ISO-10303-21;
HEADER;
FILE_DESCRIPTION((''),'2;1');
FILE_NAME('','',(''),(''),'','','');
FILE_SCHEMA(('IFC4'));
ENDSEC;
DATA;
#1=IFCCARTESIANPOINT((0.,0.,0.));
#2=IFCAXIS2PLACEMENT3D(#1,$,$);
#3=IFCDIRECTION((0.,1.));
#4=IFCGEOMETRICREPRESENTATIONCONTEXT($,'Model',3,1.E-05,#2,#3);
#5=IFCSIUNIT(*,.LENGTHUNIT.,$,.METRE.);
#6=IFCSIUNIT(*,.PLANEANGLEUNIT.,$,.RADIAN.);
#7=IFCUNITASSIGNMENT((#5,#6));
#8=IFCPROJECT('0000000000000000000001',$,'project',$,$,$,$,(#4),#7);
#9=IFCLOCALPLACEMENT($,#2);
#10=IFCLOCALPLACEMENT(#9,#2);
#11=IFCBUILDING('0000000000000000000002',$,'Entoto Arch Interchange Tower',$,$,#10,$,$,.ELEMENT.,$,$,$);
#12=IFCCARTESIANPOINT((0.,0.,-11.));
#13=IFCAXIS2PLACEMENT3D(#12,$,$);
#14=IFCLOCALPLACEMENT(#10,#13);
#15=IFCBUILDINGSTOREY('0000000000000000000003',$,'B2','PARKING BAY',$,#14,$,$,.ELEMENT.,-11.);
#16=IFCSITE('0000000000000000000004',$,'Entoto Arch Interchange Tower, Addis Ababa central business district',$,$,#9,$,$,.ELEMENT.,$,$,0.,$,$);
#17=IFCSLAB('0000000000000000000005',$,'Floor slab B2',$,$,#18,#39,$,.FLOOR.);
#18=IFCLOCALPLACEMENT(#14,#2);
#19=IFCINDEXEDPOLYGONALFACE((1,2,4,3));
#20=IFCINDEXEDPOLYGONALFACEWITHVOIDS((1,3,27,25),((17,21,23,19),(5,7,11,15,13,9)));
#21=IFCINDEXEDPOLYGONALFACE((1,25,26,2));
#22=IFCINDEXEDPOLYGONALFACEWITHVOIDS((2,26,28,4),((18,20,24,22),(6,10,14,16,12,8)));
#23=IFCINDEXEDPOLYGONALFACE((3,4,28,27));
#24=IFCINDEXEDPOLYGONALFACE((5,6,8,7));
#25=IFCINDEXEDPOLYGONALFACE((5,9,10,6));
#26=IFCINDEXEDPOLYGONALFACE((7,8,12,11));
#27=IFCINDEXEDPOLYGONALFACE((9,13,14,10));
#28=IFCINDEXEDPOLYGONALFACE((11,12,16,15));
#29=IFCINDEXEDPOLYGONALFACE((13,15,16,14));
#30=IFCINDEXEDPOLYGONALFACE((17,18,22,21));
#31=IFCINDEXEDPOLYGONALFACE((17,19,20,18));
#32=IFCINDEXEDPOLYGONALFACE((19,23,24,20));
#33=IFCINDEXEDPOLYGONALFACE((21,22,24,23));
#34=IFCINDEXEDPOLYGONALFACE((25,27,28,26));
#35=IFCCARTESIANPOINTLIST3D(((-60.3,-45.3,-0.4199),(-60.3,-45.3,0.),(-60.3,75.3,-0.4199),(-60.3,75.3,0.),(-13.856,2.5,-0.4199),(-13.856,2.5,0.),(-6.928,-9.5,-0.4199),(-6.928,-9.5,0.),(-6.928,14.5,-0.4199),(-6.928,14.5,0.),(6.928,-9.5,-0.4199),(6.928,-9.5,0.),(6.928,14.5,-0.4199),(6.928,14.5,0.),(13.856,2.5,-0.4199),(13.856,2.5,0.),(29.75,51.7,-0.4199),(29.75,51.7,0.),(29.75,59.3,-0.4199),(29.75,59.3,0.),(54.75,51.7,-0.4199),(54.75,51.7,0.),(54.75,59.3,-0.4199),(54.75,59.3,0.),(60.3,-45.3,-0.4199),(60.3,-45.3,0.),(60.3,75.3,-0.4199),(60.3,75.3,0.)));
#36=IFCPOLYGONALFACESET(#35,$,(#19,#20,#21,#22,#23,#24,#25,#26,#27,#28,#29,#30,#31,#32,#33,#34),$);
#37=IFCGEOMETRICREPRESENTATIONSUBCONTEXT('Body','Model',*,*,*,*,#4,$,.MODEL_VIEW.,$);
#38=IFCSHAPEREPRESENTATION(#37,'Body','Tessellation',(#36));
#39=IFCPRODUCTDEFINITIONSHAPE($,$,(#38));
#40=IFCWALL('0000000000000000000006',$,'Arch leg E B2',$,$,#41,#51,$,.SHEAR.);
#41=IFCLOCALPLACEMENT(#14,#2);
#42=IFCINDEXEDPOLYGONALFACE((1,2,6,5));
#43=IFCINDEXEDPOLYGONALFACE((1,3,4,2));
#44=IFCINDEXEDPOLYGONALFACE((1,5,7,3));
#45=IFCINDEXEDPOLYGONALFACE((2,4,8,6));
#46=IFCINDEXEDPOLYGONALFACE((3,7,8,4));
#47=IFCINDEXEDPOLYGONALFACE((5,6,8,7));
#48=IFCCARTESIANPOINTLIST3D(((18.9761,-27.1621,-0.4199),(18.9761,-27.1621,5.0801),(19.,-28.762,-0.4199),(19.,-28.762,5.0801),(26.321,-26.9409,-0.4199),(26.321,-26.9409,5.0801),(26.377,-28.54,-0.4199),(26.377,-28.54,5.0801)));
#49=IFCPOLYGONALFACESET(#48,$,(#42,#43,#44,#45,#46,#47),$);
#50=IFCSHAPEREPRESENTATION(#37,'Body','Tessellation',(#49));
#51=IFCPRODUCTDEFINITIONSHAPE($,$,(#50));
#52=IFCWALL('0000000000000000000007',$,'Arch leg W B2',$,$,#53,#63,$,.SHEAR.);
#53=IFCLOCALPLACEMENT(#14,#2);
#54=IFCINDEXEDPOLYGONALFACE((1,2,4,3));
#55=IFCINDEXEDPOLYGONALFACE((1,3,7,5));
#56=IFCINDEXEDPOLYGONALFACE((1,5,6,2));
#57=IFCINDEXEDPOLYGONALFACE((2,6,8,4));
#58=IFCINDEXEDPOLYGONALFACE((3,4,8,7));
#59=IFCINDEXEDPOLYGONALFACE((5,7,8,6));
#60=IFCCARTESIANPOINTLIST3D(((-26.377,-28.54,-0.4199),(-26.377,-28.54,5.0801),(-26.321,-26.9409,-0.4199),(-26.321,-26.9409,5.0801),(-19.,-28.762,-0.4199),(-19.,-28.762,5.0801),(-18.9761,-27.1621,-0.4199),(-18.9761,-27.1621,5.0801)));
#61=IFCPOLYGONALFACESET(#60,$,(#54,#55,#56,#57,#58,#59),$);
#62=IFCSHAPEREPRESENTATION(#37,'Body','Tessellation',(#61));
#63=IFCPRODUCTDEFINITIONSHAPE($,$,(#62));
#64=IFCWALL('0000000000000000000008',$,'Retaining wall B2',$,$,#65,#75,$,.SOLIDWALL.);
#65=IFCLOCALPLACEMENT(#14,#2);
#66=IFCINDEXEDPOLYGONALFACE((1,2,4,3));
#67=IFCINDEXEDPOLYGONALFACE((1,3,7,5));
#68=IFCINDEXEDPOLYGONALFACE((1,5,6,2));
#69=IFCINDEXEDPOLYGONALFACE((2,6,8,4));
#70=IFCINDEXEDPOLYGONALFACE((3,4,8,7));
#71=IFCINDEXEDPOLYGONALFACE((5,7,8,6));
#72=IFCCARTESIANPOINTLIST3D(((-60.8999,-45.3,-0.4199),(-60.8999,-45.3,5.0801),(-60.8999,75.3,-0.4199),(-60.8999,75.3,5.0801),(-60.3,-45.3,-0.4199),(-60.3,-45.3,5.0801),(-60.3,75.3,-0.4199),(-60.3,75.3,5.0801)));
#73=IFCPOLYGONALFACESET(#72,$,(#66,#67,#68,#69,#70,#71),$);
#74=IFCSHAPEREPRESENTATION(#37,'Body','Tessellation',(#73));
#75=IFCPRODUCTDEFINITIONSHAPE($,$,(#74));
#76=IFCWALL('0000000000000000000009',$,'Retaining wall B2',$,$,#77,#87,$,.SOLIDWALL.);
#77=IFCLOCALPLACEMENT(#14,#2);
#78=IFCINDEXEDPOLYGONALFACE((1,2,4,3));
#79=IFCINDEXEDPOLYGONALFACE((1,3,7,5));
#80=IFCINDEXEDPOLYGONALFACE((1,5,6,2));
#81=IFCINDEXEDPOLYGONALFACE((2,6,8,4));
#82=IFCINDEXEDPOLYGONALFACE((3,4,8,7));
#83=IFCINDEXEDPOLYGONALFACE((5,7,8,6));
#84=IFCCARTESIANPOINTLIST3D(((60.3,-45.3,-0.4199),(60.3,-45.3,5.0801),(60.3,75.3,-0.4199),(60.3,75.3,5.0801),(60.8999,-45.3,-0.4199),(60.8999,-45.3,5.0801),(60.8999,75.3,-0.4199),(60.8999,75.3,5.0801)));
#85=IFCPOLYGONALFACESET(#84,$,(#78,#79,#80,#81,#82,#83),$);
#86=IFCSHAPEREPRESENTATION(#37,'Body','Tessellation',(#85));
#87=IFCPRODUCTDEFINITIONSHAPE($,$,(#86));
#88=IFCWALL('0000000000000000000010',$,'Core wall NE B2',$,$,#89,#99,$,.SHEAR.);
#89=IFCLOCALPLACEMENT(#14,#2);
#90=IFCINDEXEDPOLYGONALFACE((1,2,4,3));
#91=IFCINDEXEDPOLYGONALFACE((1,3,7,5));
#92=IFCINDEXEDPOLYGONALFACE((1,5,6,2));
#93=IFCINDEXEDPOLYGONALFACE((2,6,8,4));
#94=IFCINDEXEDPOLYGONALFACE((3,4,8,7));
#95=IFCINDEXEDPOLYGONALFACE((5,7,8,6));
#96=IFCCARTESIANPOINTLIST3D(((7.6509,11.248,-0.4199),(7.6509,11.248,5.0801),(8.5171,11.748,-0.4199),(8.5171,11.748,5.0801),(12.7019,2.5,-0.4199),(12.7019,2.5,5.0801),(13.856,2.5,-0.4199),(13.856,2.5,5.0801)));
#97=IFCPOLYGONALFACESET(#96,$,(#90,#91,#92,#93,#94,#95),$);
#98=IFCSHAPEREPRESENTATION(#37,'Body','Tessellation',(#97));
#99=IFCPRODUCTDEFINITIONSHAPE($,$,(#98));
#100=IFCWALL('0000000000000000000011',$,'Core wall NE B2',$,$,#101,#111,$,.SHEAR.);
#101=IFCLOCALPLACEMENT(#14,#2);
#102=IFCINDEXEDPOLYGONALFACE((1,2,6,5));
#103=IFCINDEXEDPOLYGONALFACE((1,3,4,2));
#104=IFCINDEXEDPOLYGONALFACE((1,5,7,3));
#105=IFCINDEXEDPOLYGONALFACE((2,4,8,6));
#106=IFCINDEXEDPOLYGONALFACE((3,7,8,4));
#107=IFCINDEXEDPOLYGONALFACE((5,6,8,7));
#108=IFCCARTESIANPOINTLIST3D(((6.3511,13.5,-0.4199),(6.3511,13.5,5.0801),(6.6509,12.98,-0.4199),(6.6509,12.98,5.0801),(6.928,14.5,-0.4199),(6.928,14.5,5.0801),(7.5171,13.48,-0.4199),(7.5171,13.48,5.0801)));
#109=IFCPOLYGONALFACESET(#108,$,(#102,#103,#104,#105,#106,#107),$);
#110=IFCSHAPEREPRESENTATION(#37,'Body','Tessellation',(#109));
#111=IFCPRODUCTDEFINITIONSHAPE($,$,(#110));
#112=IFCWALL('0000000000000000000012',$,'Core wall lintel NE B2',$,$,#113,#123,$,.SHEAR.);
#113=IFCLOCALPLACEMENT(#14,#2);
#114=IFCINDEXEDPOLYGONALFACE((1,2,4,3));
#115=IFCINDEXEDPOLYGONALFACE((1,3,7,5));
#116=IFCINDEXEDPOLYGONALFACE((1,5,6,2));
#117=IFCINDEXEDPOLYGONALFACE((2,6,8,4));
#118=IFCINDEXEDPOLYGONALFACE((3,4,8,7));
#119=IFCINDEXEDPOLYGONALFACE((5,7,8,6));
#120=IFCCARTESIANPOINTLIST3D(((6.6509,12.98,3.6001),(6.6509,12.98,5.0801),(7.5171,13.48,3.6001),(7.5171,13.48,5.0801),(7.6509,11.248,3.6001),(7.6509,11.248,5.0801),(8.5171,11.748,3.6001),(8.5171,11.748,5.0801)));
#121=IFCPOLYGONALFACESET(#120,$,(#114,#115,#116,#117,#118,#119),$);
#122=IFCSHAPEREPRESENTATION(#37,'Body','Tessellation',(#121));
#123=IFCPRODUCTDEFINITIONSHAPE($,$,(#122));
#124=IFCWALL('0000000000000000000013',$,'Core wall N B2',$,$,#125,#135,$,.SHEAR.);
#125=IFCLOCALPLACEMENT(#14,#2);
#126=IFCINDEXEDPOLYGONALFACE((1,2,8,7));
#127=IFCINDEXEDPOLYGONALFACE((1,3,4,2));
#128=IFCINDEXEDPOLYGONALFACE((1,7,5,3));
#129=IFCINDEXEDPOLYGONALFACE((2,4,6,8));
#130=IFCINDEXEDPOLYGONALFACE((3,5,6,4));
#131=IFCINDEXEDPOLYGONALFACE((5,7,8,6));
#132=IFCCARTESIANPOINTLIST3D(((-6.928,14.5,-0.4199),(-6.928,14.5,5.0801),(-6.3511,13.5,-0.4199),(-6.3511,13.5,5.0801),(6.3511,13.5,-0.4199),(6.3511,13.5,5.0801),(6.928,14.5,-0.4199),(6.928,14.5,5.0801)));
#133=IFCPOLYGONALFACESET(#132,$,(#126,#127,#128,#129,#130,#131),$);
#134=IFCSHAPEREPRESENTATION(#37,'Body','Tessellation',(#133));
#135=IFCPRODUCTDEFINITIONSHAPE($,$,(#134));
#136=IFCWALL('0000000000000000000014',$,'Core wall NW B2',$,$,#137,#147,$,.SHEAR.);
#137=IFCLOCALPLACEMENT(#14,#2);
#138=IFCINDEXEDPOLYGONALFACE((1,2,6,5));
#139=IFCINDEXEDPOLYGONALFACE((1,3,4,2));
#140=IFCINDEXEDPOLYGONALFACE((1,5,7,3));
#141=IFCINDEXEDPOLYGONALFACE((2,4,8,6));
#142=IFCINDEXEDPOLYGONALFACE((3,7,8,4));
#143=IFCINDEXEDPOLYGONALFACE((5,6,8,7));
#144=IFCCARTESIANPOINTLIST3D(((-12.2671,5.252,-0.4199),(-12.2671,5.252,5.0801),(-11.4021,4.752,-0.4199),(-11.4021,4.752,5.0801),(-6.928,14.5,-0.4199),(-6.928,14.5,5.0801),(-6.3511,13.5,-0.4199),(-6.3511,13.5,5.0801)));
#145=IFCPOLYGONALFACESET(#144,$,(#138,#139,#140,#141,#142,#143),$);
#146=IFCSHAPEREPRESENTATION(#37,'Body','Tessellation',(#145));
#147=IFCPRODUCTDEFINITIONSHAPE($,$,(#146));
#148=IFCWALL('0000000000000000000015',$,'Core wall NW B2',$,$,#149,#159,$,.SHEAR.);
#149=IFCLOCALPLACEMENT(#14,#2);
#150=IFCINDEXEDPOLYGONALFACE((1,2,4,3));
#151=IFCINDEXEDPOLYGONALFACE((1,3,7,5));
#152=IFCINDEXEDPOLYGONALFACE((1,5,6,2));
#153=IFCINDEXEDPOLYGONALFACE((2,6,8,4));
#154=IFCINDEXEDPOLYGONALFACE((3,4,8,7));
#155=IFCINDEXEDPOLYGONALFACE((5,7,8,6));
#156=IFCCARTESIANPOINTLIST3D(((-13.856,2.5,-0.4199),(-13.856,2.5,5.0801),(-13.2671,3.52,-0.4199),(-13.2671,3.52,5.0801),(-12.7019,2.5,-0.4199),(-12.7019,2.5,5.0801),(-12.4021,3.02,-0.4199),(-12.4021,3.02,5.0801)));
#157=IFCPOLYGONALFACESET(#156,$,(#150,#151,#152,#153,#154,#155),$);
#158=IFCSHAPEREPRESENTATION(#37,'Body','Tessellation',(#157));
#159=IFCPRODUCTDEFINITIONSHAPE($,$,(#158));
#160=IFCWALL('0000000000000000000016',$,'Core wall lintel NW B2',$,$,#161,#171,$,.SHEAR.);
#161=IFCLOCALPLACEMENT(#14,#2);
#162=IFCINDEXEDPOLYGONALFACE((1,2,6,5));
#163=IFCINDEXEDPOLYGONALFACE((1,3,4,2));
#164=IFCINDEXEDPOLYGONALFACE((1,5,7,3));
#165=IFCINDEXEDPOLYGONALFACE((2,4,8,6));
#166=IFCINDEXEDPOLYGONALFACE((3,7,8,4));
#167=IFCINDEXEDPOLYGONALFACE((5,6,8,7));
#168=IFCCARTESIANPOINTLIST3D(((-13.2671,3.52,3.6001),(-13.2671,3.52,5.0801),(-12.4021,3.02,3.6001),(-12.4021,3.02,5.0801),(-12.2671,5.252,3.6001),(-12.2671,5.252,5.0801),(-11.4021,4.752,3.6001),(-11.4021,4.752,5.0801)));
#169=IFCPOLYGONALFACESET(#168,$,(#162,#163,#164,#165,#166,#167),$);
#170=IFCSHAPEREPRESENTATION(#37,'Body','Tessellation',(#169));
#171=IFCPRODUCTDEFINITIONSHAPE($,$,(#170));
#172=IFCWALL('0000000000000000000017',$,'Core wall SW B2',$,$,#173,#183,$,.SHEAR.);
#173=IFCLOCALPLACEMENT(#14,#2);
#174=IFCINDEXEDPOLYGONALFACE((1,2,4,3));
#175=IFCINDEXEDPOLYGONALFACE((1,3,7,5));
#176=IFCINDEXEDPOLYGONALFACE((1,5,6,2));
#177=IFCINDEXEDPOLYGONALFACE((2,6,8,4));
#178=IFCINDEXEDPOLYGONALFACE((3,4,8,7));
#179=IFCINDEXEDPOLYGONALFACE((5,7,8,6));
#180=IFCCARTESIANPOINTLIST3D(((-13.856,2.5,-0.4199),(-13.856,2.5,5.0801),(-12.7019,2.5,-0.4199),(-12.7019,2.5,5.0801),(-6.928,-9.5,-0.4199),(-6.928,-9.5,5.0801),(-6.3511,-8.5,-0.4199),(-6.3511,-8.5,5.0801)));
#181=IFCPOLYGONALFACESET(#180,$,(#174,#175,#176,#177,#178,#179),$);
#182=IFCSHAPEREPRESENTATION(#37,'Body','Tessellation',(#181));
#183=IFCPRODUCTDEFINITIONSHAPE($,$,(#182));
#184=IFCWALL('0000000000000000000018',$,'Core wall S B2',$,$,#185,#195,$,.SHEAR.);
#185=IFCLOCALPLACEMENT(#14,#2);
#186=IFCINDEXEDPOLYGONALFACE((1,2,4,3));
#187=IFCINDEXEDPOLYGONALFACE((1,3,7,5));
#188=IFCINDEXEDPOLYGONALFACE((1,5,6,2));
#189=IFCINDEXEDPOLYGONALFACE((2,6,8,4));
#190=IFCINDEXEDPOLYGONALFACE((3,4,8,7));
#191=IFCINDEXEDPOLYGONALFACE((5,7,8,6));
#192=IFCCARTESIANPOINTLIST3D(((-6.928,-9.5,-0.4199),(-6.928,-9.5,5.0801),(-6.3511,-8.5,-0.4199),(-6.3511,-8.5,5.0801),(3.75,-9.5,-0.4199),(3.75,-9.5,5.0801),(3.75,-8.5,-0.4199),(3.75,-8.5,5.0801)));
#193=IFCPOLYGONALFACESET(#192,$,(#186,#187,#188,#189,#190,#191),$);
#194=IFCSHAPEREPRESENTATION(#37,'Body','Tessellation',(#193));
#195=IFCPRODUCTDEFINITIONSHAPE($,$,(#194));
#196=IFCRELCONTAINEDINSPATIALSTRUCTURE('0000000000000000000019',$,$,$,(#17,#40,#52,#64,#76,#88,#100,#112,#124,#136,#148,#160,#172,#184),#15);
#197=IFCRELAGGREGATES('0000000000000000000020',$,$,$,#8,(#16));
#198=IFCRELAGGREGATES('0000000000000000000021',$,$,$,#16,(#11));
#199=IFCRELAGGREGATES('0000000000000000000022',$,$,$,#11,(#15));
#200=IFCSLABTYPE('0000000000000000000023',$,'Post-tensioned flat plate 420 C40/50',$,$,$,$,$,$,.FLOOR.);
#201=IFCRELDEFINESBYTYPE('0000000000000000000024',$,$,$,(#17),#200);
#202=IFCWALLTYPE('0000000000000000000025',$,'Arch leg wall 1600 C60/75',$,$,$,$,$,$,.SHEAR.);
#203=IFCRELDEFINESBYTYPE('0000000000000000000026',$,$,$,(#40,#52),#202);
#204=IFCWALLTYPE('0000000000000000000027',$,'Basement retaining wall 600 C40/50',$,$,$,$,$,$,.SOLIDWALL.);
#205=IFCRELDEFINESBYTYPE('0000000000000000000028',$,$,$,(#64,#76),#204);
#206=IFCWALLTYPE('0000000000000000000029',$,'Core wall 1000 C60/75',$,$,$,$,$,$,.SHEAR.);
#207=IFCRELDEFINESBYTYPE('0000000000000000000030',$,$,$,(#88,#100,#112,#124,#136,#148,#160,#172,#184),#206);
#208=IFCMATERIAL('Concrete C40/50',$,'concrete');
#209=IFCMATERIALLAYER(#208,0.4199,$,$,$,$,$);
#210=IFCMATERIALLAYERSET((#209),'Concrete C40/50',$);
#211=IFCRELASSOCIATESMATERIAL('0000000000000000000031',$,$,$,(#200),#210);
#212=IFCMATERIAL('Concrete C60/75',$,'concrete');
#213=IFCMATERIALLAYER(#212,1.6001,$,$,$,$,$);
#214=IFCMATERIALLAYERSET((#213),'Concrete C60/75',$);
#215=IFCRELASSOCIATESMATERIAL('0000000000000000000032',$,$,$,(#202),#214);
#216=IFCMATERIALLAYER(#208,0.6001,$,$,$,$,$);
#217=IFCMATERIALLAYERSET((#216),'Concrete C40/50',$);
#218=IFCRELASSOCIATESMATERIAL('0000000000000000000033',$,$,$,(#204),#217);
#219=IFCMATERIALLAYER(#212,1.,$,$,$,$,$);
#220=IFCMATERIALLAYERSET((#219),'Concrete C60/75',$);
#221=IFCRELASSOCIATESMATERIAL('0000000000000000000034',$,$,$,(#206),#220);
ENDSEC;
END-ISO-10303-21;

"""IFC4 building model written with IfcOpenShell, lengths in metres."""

from ifc_helpers import new_model, si_unit, direction, frame, origin, place, context, subcontext, project, spatial, polyline, outline, extrude, material, layer, layer_set, type_object, element, save


model = new_model("IFC4")

# Units and contexts
model_context = context("Model", 3, precision=1e-05, world=origin(), true_north=direction((0.0, 1.0)))
body_context = subcontext(model_context, "Body", "Model", "MODEL_VIEW")
ifc_project = project(units=[si_unit("LENGTHUNIT", "METRE"), si_unit("PLANEANGLEUNIT", "RADIAN")], contexts=[model_context])

# Site, building, storey
site_placement = place(None, origin())
site = spatial("IfcSite", under=ifc_project, at=site_placement, Name="Entoto Arch Interchange Tower, Addis Ababa central business district", CompositionType="ELEMENT", RefElevation=0.0)
building_placement = place(site_placement, origin())
building = spatial("IfcBuilding", under=site, at=building_placement, Name="Entoto Arch Interchange Tower", CompositionType="ELEMENT")
storey_placement = place(building_placement, frame((0.0, 0.0, -11.0)))
storey = spatial("IfcBuildingStorey", under=building, at=storey_placement, Name="B2", Description="PARKING BAY", CompositionType="ELEMENT", Elevation=-11.0)

# Slab
ifc_material_1 = material(Name="Concrete C40/50", Category="concrete")
ifc_layer_1 = layer(ifc_material_1, 0.4199)
ifc_layer_set_1 = layer_set([ifc_layer_1], Name="Concrete C40/50")
slab_type = type_object("IfcSlabType", Name="Post-tensioned flat plate 420 C40/50", PredefinedType="FLOOR", material=ifc_layer_set_1)
slab_placement = place(storey_placement, frame((0.0, 0.0, -0.4199)))
element("IfcSlab", 1, at=slab_placement, inside=storey, type_object=slab_type, Name="Floor slab B2", PredefinedType="FLOOR", context=body_context, shape_type="SweptSolid", body=[
    extrude(outline(polyline([(-60.3, -45.3), (60.3, -45.3), (60.3, 75.3), (-60.3, 75.3), (-60.3, -45.3)]), holes=[polyline([(-6.928, 14.5), (-13.856, 2.5), (-6.928, -9.5), (6.928, -9.5), (13.856, 2.5), (6.928, 14.5), (-6.928, 14.5)]), polyline([(54.75, 59.3), (29.75, 59.3), (29.75, 51.7), (54.75, 51.7), (54.75, 59.3)])]), origin(), (0.0, 0.0, 1.0), 0.4199),
])

# Walls
ifc_material_2 = material(Name="Concrete C60/75", Category="concrete")
ifc_layer_2 = layer(ifc_material_2, 1.6001)
ifc_layer_set_2 = layer_set([ifc_layer_2], Name="Concrete C60/75")
wall_type_1 = type_object("IfcWallType", Name="Arch leg wall 1600 C60/75", PredefinedType="SHEAR", material=ifc_layer_set_2)
wall_1_placement = place(storey_placement, frame((0.0, 0.0, -0.4199)))
element("IfcWall", 2, at=wall_1_placement, inside=storey, type_object=wall_type_1, Name="Arch leg E B2", PredefinedType="SHEAR", context=body_context, shape_type="SweptSolid", body=[
    extrude(outline(polyline([(19.0, -28.762), (26.377, -28.54), (26.321, -26.9409), (18.9761, -27.1621), (19.0, -28.762)])), origin(), (0.0, 0.0, 1.0), 5.5),
])
wall_2_placement = place(storey_placement, frame((0.0, 0.0, -0.4199)))
element("IfcWall", 3, at=wall_2_placement, inside=storey, type_object=wall_type_1, Name="Arch leg W B2", PredefinedType="SHEAR", context=body_context, shape_type="SweptSolid", body=[
    extrude(outline(polyline([(-26.377, -28.54), (-19.0, -28.762), (-18.9761, -27.1621), (-26.321, -26.9409), (-26.377, -28.54)])), origin(), (0.0, 0.0, 1.0), 5.5),
])
ifc_layer_3 = layer(ifc_material_1, 0.6001)
ifc_layer_set_3 = layer_set([ifc_layer_3], Name="Concrete C40/50")
wall_type_2 = type_object("IfcWallType", Name="Basement retaining wall 600 C40/50", PredefinedType="SOLIDWALL", material=ifc_layer_set_3)
wall_3_placement = place(storey_placement, frame((0.0, 0.0, -0.4199)))
element("IfcWall", 4, at=wall_3_placement, inside=storey, type_object=wall_type_2, Name="Retaining wall B2", PredefinedType="SOLIDWALL", context=body_context, shape_type="SweptSolid", body=[
    extrude(outline(polyline([(-60.3, -45.3), (-60.3, 75.3), (-60.8999, 75.3), (-60.8999, -45.3), (-60.3, -45.3)])), origin(), (0.0, 0.0, 1.0), 5.5),
])
wall_4_placement = place(storey_placement, frame((0.0, 0.0, -0.4199)))
element("IfcWall", 5, at=wall_4_placement, inside=storey, type_object=wall_type_2, Name="Retaining wall B2", PredefinedType="SOLIDWALL", context=body_context, shape_type="SweptSolid", body=[
    extrude(outline(polyline([(60.8999, -45.3), (60.8999, 75.3), (60.3, 75.3), (60.3, -45.3), (60.8999, -45.3)])), origin(), (0.0, 0.0, 1.0), 5.5),
])
ifc_layer_4 = layer(ifc_material_2, 1.0)
ifc_layer_set_4 = layer_set([ifc_layer_4], Name="Concrete C60/75")
wall_type_3 = type_object("IfcWallType", Name="Core wall 1000 C60/75", PredefinedType="SHEAR", material=ifc_layer_set_4)
wall_5_placement = place(storey_placement, frame((0.0, 0.0, -0.4199)))
element("IfcWall", 6, at=wall_5_placement, inside=storey, type_object=wall_type_3, Name="Core wall NE B2", PredefinedType="SHEAR", context=body_context, shape_type="SweptSolid", body=[
    extrude(outline(polyline([(8.5171, 11.748), (7.6509, 11.248), (12.7019, 2.5), (13.856, 2.5), (8.5171, 11.748)])), origin(), (0.0, 0.0, 1.0), 5.5),
])
wall_6_placement = place(storey_placement, frame((0.0, 0.0, -0.4199)))
element("IfcWall", 7, at=wall_6_placement, inside=storey, type_object=wall_type_3, Name="Core wall NE B2", PredefinedType="SHEAR", context=body_context, shape_type="SweptSolid", body=[
    extrude(outline(polyline([(6.6509, 12.98), (7.5171, 13.48), (6.928, 14.5), (6.3511, 13.5), (6.6509, 12.98)])), origin(), (0.0, 0.0, 1.0), 5.5),
])
wall_7_placement = place(storey_placement, frame((0.0, 0.0, 3.6001)))
element("IfcWall", 8, at=wall_7_placement, inside=storey, type_object=wall_type_3, Name="Core wall lintel NE B2", PredefinedType="SHEAR", context=body_context, shape_type="SweptSolid", body=[
    extrude(outline(polyline([(7.5171, 13.48), (6.6509, 12.98), (7.6509, 11.248), (8.5171, 11.748), (7.5171, 13.48)])), origin(), (0.0, 0.0, 1.0), 1.48),
])
wall_8_placement = place(storey_placement, frame((0.0, 0.0, -0.4199)))
element("IfcWall", 9, at=wall_8_placement, inside=storey, type_object=wall_type_3, Name="Core wall N B2", PredefinedType="SHEAR", context=body_context, shape_type="SweptSolid", body=[
    extrude(outline(polyline([(6.928, 14.5), (-6.928, 14.5), (-6.3511, 13.5), (6.3511, 13.5), (6.928, 14.5)])), origin(), (0.0, 0.0, 1.0), 5.5),
])
wall_9_placement = place(storey_placement, frame((0.0, 0.0, -0.4199)))
element("IfcWall", 10, at=wall_9_placement, inside=storey, type_object=wall_type_3, Name="Core wall NW B2", PredefinedType="SHEAR", context=body_context, shape_type="SweptSolid", body=[
    extrude(outline(polyline([(-12.2671, 5.252), (-11.4021, 4.752), (-6.3511, 13.5), (-6.928, 14.5), (-12.2671, 5.252)])), origin(), (0.0, 0.0, 1.0), 5.5),
])
wall_10_placement = place(storey_placement, frame((0.0, 0.0, -0.4199)))
element("IfcWall", 11, at=wall_10_placement, inside=storey, type_object=wall_type_3, Name="Core wall NW B2", PredefinedType="SHEAR", context=body_context, shape_type="SweptSolid", body=[
    extrude(outline(polyline([(-12.4021, 3.02), (-13.2671, 3.52), (-13.856, 2.5), (-12.7019, 2.5), (-12.4021, 3.02)])), origin(), (0.0, 0.0, 1.0), 5.5),
])
wall_11_placement = place(storey_placement, frame((0.0, 0.0, 3.6001)))
element("IfcWall", 12, at=wall_11_placement, inside=storey, type_object=wall_type_3, Name="Core wall lintel NW B2", PredefinedType="SHEAR", context=body_context, shape_type="SweptSolid", body=[
    extrude(outline(polyline([(-13.2671, 3.52), (-12.4021, 3.02), (-11.4021, 4.752), (-12.2671, 5.252), (-13.2671, 3.52)])), origin(), (0.0, 0.0, 1.0), 1.48),
])
wall_12_placement = place(storey_placement, frame((0.0, 0.0, -0.4199)))
element("IfcWall", 13, at=wall_12_placement, inside=storey, type_object=wall_type_3, Name="Core wall SW B2", PredefinedType="SHEAR", context=body_context, shape_type="SweptSolid", body=[
    extrude(outline(polyline([(-13.856, 2.5), (-6.928, -9.5), (-6.3511, -8.5), (-12.7019, 2.5), (-13.856, 2.5)])), origin(), (0.0, 0.0, 1.0), 5.5),
])
wall_13_placement = place(storey_placement, frame((0.0, 0.0, -0.4199)))
element("IfcWall", 14, at=wall_13_placement, inside=storey, type_object=wall_type_3, Name="Core wall S B2", PredefinedType="SHEAR", context=body_context, shape_type="SweptSolid", body=[
    extrude(outline(polyline([(3.75, -9.5), (3.75, -8.5), (-6.3511, -8.5), (-6.928, -9.5), (3.75, -9.5)])), origin(), (0.0, 0.0, 1.0), 5.5),
])

save(model, "model.ifc")
